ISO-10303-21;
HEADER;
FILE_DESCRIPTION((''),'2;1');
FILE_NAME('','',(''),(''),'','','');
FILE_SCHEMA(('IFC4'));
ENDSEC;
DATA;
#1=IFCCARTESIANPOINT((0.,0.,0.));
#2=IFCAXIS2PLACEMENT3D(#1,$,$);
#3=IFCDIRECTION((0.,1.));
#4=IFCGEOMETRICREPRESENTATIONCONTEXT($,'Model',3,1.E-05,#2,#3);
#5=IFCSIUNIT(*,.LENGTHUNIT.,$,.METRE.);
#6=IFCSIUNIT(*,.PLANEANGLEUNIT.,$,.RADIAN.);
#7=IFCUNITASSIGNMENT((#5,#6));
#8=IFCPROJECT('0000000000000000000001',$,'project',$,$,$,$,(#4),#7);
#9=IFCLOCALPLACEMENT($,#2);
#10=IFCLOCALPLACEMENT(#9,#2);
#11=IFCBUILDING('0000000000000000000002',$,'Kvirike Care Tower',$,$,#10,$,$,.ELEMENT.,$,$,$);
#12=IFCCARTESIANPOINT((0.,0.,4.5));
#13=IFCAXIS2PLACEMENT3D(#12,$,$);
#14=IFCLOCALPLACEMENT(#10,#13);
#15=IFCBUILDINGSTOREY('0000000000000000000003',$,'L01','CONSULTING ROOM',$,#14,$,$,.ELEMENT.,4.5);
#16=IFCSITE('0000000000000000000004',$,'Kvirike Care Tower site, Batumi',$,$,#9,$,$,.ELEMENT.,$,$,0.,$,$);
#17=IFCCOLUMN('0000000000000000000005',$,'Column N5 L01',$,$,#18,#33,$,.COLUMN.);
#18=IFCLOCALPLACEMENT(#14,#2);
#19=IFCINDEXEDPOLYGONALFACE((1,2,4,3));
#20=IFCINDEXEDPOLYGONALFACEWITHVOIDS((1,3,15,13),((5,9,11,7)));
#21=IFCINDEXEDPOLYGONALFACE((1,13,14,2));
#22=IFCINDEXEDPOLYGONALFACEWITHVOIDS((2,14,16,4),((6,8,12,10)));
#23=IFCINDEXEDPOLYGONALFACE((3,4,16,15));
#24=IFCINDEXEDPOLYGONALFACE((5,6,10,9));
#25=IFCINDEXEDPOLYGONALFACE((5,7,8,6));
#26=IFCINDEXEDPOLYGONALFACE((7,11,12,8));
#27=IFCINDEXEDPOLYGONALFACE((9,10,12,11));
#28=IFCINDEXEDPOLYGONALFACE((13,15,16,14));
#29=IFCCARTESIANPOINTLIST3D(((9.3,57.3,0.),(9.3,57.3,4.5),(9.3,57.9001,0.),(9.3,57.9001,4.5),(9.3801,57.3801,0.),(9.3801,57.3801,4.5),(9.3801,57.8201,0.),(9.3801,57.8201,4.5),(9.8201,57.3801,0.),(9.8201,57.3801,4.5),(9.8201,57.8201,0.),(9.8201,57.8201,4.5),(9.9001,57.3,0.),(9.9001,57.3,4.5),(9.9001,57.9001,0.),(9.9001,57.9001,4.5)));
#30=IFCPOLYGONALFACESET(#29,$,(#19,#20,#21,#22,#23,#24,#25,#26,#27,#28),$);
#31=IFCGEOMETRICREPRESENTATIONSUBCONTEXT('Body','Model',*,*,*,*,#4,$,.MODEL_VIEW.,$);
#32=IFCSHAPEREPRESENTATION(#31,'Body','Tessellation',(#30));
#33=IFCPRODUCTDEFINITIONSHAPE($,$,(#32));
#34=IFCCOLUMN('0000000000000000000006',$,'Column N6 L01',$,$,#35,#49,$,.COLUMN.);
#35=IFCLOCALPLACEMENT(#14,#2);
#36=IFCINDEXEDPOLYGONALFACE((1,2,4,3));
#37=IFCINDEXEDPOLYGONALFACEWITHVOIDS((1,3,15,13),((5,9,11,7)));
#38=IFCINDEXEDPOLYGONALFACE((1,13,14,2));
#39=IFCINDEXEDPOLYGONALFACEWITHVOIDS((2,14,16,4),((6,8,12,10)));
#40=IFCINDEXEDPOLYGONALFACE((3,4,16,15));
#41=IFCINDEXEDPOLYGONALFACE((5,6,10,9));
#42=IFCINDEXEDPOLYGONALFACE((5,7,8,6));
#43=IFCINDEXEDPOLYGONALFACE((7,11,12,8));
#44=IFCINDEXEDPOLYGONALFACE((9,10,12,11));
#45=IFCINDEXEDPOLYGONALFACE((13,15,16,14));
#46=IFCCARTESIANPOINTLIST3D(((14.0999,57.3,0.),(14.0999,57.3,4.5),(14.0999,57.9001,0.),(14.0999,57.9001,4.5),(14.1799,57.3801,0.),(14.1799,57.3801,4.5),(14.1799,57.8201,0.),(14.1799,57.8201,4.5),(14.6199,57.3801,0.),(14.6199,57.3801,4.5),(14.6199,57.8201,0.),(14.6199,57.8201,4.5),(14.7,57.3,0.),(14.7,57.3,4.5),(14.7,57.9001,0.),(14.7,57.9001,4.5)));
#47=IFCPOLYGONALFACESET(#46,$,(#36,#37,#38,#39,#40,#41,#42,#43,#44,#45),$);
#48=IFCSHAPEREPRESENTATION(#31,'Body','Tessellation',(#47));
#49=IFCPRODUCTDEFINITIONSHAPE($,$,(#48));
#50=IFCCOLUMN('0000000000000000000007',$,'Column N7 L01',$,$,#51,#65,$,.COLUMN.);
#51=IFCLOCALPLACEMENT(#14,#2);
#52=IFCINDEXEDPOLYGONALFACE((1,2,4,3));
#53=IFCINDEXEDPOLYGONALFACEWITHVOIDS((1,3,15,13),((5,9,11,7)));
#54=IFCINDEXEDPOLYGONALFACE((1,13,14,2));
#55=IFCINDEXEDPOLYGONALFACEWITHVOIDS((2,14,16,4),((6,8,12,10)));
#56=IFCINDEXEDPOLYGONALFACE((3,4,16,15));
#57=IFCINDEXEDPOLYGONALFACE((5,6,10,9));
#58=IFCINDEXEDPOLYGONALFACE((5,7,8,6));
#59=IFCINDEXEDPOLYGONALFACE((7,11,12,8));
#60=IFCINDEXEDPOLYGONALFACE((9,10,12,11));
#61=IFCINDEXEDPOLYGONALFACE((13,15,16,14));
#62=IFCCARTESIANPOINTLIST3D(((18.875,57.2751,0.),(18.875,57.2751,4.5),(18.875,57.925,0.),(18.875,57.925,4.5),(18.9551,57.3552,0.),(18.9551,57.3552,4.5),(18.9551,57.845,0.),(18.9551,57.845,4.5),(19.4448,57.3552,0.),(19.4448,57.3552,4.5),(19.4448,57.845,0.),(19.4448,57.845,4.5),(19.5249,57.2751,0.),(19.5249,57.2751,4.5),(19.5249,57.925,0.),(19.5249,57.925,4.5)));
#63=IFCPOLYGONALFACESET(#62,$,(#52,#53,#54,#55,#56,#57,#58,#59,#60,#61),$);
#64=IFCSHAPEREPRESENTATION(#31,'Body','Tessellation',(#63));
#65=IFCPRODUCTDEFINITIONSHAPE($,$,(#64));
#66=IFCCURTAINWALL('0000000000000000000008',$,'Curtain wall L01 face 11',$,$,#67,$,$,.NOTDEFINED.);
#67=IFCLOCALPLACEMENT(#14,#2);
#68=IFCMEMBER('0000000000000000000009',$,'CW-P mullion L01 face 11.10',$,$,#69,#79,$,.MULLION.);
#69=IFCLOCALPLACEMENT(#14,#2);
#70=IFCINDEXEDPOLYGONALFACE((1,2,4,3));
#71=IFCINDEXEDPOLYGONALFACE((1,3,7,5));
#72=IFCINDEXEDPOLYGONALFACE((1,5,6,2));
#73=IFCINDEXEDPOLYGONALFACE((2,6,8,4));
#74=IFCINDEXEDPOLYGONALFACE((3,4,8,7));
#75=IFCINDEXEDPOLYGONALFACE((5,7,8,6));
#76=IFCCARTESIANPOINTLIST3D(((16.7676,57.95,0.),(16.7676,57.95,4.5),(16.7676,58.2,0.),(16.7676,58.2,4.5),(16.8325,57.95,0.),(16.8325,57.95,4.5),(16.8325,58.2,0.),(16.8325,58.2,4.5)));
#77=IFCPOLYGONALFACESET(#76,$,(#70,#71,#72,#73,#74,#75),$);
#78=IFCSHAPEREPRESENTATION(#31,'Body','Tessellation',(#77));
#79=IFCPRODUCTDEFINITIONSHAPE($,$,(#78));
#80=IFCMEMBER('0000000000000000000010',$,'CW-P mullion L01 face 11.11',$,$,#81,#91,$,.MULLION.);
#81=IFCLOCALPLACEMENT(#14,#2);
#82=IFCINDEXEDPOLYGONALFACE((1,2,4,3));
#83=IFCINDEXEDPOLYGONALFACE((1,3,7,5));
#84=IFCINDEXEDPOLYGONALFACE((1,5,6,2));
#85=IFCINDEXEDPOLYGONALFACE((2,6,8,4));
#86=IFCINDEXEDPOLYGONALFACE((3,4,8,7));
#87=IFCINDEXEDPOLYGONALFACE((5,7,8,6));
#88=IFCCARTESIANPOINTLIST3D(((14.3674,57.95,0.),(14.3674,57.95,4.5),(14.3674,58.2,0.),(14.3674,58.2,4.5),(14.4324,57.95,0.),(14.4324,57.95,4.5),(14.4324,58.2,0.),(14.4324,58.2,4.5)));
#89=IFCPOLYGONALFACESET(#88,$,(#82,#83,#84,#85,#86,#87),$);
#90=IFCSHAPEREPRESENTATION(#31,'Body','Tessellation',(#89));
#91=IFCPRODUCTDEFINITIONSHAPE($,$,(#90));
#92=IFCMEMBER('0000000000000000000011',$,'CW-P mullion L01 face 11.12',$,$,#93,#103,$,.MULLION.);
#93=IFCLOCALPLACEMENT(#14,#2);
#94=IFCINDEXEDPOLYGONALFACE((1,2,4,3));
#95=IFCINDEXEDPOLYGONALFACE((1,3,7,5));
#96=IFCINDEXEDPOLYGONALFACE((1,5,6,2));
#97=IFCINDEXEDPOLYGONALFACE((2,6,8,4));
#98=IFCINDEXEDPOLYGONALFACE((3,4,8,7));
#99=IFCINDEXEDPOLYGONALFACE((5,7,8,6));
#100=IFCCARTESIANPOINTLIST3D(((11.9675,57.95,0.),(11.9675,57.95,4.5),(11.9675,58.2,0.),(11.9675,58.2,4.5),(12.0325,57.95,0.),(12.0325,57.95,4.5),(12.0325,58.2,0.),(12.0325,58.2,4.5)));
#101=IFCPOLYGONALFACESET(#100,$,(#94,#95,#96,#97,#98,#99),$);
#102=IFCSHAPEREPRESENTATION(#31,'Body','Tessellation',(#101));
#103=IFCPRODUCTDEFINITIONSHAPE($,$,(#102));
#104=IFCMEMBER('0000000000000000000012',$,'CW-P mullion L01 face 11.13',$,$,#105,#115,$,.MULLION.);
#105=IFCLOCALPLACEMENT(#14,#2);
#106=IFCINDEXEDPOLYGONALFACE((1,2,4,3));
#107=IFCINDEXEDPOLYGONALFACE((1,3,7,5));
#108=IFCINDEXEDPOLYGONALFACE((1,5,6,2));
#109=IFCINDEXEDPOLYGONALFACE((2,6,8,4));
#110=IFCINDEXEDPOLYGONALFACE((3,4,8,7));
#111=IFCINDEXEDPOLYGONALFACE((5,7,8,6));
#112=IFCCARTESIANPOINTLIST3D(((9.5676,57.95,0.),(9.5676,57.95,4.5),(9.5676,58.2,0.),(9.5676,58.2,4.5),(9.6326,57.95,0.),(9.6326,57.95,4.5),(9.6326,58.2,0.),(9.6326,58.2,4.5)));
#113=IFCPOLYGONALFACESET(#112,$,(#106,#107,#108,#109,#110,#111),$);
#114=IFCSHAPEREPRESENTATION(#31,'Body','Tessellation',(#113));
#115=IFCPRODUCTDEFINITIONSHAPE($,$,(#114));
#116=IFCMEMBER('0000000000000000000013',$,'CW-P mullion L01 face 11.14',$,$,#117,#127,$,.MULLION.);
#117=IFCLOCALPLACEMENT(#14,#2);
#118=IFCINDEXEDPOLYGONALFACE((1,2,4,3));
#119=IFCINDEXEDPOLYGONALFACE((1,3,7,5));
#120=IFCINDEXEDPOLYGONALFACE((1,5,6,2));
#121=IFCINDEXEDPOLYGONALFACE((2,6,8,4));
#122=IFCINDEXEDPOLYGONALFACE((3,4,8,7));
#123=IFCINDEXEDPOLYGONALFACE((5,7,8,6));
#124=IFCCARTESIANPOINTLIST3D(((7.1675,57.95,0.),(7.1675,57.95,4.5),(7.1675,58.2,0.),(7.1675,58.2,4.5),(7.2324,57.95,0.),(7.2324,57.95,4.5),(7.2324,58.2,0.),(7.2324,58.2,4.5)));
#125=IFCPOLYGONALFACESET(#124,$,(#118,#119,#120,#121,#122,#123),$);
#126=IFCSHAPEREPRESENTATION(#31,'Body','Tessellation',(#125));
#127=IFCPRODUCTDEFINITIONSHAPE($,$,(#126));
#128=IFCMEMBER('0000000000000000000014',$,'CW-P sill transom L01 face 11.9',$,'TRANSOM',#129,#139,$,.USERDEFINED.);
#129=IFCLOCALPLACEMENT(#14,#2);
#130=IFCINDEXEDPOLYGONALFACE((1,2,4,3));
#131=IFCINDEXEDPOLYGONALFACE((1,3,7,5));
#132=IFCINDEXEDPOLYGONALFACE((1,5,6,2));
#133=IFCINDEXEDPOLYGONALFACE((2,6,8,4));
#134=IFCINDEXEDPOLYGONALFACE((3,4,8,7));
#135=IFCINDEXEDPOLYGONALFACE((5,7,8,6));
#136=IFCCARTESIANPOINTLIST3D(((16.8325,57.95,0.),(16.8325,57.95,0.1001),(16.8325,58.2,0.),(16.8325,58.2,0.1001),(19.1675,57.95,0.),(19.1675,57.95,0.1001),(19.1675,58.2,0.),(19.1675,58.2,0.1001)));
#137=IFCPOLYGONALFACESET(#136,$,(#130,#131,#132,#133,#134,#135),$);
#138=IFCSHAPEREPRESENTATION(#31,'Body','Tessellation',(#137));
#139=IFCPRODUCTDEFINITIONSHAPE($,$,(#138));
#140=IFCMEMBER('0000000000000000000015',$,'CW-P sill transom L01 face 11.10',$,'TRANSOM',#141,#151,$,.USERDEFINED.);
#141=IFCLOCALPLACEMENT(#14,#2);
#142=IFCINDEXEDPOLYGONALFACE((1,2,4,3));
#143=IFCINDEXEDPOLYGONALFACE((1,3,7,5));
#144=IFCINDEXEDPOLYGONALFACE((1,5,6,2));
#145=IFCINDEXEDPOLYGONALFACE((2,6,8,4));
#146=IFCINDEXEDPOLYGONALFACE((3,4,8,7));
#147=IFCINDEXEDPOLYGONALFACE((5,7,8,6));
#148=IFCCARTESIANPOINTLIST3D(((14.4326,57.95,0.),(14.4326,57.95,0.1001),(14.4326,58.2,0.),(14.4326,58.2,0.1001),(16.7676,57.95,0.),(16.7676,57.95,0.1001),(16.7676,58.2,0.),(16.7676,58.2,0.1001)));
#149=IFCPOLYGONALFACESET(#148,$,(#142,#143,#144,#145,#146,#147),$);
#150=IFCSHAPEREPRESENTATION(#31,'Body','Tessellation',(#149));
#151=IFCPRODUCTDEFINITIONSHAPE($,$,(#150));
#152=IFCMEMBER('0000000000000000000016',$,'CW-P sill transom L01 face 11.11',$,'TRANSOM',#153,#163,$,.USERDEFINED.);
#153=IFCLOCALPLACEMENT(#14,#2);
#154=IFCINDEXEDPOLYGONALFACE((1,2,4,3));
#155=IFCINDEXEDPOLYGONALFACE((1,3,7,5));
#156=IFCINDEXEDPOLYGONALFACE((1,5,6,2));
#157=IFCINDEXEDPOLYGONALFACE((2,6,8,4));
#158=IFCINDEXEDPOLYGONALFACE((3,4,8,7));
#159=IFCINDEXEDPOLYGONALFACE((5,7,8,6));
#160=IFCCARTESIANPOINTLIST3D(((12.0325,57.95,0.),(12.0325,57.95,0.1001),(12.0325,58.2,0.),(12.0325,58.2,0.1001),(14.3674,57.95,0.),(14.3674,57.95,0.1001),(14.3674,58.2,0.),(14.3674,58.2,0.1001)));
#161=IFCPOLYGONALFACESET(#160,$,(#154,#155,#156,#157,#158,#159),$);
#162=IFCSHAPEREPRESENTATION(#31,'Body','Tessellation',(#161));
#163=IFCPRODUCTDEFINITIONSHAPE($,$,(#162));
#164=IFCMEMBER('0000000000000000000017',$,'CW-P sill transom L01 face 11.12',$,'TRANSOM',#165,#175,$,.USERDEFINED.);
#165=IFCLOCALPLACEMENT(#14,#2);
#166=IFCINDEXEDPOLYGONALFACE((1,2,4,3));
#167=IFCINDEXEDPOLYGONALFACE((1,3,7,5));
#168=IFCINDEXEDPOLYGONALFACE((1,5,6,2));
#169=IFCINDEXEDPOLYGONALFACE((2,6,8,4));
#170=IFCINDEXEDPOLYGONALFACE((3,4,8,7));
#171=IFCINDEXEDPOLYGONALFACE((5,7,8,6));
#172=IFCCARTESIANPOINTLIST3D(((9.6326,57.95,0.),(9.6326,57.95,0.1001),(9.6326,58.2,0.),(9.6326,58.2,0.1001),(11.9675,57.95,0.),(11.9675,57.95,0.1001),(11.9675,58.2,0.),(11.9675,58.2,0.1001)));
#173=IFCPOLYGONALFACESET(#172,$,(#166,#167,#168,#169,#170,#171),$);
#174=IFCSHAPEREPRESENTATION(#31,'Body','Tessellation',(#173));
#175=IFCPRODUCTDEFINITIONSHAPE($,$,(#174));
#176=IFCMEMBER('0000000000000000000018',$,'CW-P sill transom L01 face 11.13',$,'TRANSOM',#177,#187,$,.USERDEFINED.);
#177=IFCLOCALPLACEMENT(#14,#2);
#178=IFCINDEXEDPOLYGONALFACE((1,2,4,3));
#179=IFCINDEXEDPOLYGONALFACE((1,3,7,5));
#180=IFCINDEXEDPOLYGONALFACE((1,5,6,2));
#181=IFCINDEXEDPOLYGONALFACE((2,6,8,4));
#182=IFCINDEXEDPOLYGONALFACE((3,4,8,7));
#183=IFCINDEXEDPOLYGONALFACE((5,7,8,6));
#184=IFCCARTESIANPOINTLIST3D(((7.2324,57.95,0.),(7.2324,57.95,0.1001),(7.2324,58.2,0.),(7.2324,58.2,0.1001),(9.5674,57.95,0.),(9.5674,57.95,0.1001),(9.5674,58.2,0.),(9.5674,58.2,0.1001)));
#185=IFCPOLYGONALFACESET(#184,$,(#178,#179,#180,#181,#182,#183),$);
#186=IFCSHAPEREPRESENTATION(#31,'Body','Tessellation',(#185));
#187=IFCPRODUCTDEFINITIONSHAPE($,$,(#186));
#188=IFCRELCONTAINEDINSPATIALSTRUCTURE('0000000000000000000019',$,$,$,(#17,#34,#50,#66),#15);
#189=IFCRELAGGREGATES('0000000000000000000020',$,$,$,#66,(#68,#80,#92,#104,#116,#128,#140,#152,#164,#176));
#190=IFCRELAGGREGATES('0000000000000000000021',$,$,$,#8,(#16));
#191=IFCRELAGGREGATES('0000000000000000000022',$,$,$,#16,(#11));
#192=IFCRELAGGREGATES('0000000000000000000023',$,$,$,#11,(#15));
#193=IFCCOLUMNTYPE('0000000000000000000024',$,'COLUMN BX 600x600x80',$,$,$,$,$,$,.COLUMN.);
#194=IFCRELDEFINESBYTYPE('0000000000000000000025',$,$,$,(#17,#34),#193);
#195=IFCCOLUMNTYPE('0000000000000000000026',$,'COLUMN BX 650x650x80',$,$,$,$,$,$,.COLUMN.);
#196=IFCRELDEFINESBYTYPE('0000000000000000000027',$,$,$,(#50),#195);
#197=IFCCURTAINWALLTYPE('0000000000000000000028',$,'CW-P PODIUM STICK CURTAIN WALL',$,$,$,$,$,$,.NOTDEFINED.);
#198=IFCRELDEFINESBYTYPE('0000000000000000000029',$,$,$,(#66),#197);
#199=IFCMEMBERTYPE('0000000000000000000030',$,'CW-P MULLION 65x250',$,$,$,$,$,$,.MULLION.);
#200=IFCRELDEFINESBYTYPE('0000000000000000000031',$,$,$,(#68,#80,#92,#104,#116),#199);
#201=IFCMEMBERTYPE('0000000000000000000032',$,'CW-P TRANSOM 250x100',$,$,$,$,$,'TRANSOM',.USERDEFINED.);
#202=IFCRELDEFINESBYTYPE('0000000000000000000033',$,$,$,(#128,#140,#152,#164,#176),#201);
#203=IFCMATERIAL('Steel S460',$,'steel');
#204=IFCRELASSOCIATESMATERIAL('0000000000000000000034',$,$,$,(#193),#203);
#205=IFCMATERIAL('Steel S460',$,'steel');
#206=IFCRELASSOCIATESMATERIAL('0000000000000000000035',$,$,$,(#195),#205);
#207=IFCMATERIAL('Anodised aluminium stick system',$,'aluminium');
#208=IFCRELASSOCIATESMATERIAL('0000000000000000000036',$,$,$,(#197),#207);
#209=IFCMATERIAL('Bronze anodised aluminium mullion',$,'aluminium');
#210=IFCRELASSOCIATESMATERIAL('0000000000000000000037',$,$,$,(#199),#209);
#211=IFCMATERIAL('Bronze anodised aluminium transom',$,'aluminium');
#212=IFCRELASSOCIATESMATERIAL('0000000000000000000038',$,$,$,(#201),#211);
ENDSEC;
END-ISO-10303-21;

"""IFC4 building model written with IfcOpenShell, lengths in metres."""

from ifc_helpers import new_model, si_unit, direction, frame, origin, origin_2d, place, context, subcontext, project, spatial, rectangle, hollow_rectangle, extrude, material, material_profile, profile_set, type_object, element, aggregate, save


model = new_model("IFC4")

# Units and contexts
model_context = context("Model", 3, precision=1e-05, world=origin(), true_north=direction((0.0, 1.0)))
body_context = subcontext(model_context, "Body", "Model", "MODEL_VIEW")
ifc_project = project(units=[si_unit("LENGTHUNIT", "METRE"), si_unit("PLANEANGLEUNIT", "RADIAN")], contexts=[model_context])

# Site, building, storey
site_placement = place(None, origin())
site = spatial("IfcSite", under=ifc_project, at=site_placement, Name="Kvirike Care Tower site, Batumi", CompositionType="ELEMENT", RefElevation=0.0)
building_placement = place(site_placement, origin())
building = spatial("IfcBuilding", under=site, at=building_placement, Name="Kvirike Care Tower", CompositionType="ELEMENT")
storey_placement = place(building_placement, frame((0.0, 0.0, 4.5)))
storey = spatial("IfcBuildingStorey", under=building, at=storey_placement, Name="L01", Description="CONSULTING ROOM", CompositionType="ELEMENT", Elevation=4.5)

# Columns
ifc_material_1 = material(Name="Steel S460", Category="steel")
ifc_material_profile_1 = material_profile(ifc_material_1, hollow_rectangle(XDim=0.6001, YDim=0.6001, WallThickness=0.0801, at=origin_2d()), Name="BX 600x600x80")
ifc_profile_set_1 = profile_set([ifc_material_profile_1], Name="Steel S460")
column_type_1 = type_object("IfcColumnType", Name="COLUMN BX 600x600x80", PredefinedType="COLUMN", material=ifc_profile_set_1)
for number, where, z_axis, x_axis, name in (
    (1, (9.6001, 57.6001, 0.0), (0.0, 0.0, 1.0), (0.0, 1.0, 0.0), "Column N5 L01"),
    (2, (14.3999, 57.6001, 0.0), (0.0, 0.0, 1.0), (0.0, 1.0, 0.0), "Column N6 L01"),
):
    element("IfcColumn", number, at=place(storey_placement, frame(where, z_axis=z_axis, x_axis=x_axis)), inside=storey, type_object=column_type_1, Name=name, PredefinedType="COLUMN", context=body_context, shape_type="SweptSolid", body=[
        extrude(hollow_rectangle(XDim=0.6001, YDim=0.6001, WallThickness=0.0801, at=origin_2d()), origin(), (0.0, 0.0, 1.0), 4.5),
    ])
ifc_material_2 = material(Name="Steel S460", Category="steel")
ifc_material_profile_2 = material_profile(ifc_material_2, hollow_rectangle(XDim=0.6499, YDim=0.6499, WallThickness=0.0801, at=origin_2d()), Name="BX 650x650x80")
ifc_profile_set_2 = profile_set([ifc_material_profile_2], Name="Steel S460")
column_type_2 = type_object("IfcColumnType", Name="COLUMN BX 650x650x80", PredefinedType="COLUMN", material=ifc_profile_set_2)
column_placement = place(storey_placement, frame((19.2, 57.6001, 0.0), z_axis=(0.0, 0.0, 1.0), x_axis=(0.0, 1.0, 0.0)))
element("IfcColumn", 3, at=column_placement, inside=storey, type_object=column_type_2, Name="Column N7 L01", PredefinedType="COLUMN", context=body_context, shape_type="SweptSolid", body=[
    extrude(hollow_rectangle(XDim=0.6499, YDim=0.6499, WallThickness=0.0801, at=origin_2d()), origin(), (0.0, 0.0, 1.0), 4.5),
])

# Curtain wall, members
ifc_material_3 = material(Name="Anodised aluminium stick system", Category="aluminium")
curtain_wall_type = type_object("IfcCurtainWallType", Name="CW-P PODIUM STICK CURTAIN WALL", PredefinedType="NOTDEFINED", material=ifc_material_3)
curtain_wall_placement = place(storey_placement, origin())
curtain_wall = element("IfcCurtainWall", 4, at=curtain_wall_placement, inside=storey, type_object=curtain_wall_type, Name="Curtain wall L01 face 11", PredefinedType="NOTDEFINED")
ifc_material_4 = material(Name="Bronze anodised aluminium mullion", Category="aluminium")
ifc_material_profile_3 = material_profile(ifc_material_4, rectangle(XDim=0.0649, YDim=0.25, at=origin_2d()), Name="CW-P MULLION 65x250")
ifc_profile_set_3 = profile_set([ifc_material_profile_3], Name="Bronze anodised aluminium mullion")
member_type_1 = type_object("IfcMemberType", Name="CW-P MULLION 65x250", PredefinedType="MULLION", material=ifc_profile_set_3)
member_1_placement = place(storey_placement, frame((16.8, 58.075, 0.0), z_axis=(0.0, 0.0, 1.0), x_axis=(-1.0, 0.0, 0.0)))
member_1 = element("IfcMember", 5, at=member_1_placement, type_object=member_type_1, Name="CW-P mullion L01 face 11.10", PredefinedType="MULLION", context=body_context, shape_type="SweptSolid", body=[
    extrude(rectangle(XDim=0.0649, YDim=0.25, at=origin_2d()), origin(), (0.0, 0.0, 1.0), 4.5),
])
member_2_placement = place(storey_placement, frame((14.3999, 58.075, 0.0), z_axis=(0.0, 0.0, 1.0), x_axis=(-1.0, 0.0, 0.0)))
member_2 = element("IfcMember", 6, at=member_2_placement, type_object=member_type_1, Name="CW-P mullion L01 face 11.11", PredefinedType="MULLION", context=body_context, shape_type="SweptSolid", body=[
    extrude(rectangle(XDim=0.0649, YDim=0.25, at=origin_2d()), origin(), (0.0, 0.0, 1.0), 4.5),
])
member_3_placement = place(storey_placement, frame((12.0, 58.075, 0.0), z_axis=(0.0, 0.0, 1.0), x_axis=(-1.0, 0.0, 0.0)))
member_3 = element("IfcMember", 7, at=member_3_placement, type_object=member_type_1, Name="CW-P mullion L01 face 11.12", PredefinedType="MULLION", context=body_context, shape_type="SweptSolid", body=[
    extrude(rectangle(XDim=0.0649, YDim=0.25, at=origin_2d()), origin(), (0.0, 0.0, 1.0), 4.5),
])
member_4_placement = place(storey_placement, frame((9.6001, 58.075, 0.0), z_axis=(0.0, 0.0, 1.0), x_axis=(-1.0, 0.0, 0.0)))
member_4 = element("IfcMember", 8, at=member_4_placement, type_object=member_type_1, Name="CW-P mullion L01 face 11.13", PredefinedType="MULLION", context=body_context, shape_type="SweptSolid", body=[
    extrude(rectangle(XDim=0.0649, YDim=0.25, at=origin_2d()), origin(), (0.0, 0.0, 1.0), 4.5),
])
member_5_placement = place(storey_placement, frame((7.2, 58.075, 0.0), z_axis=(0.0, 0.0, 1.0), x_axis=(-1.0, 0.0, 0.0)))
member_5 = element("IfcMember", 9, at=member_5_placement, type_object=member_type_1, Name="CW-P mullion L01 face 11.14", PredefinedType="MULLION", context=body_context, shape_type="SweptSolid", body=[
    extrude(rectangle(XDim=0.0649, YDim=0.25, at=origin_2d()), origin(), (0.0, 0.0, 1.0), 4.5),
])
ifc_material_5 = material(Name="Bronze anodised aluminium transom", Category="aluminium")
ifc_material_profile_4 = material_profile(ifc_material_5, rectangle(XDim=0.25, YDim=0.1001, at=origin_2d()), Name="CW-P TRANSOM 250x100")
ifc_profile_set_4 = profile_set([ifc_material_profile_4], Name="Bronze anodised aluminium transom")
member_type_2 = type_object("IfcMemberType", Name="CW-P TRANSOM 250x100", ElementType="TRANSOM", PredefinedType="USERDEFINED", material=ifc_profile_set_4)
member_6_placement = place(storey_placement, frame((19.1675, 58.075, 0.05), z_axis=(-1.0, 0.0, 0.0), x_axis=(0.0, -1.0, 0.0)))
member_6 = element("IfcMember", 10, at=member_6_placement, type_object=member_type_2, Name="CW-P sill transom L01 face 11.9", ObjectType="TRANSOM", PredefinedType="USERDEFINED", context=body_context, shape_type="SweptSolid", body=[
    extrude(rectangle(XDim=0.25, YDim=0.1001, at=origin_2d()), origin(), (0.0, 0.0, 1.0), 2.335),
])
member_7_placement = place(storey_placement, frame((16.7676, 58.075, 0.05), z_axis=(-1.0, 0.0, 0.0), x_axis=(0.0, -1.0, 0.0)))
member_7 = element("IfcMember", 11, at=member_7_placement, type_object=member_type_2, Name="CW-P sill transom L01 face 11.10", ObjectType="TRANSOM", PredefinedType="USERDEFINED", context=body_context, shape_type="SweptSolid", body=[
    extrude(rectangle(XDim=0.25, YDim=0.1001, at=origin_2d()), origin(), (0.0, 0.0, 1.0), 2.335),
])
member_8_placement = place(storey_placement, frame((14.3674, 58.075, 0.05), z_axis=(-1.0, 0.0, 0.0), x_axis=(0.0, -1.0, 0.0)))
member_8 = element("IfcMember", 12, at=member_8_placement, type_object=member_type_2, Name="CW-P sill transom L01 face 11.11", ObjectType="TRANSOM", PredefinedType="USERDEFINED", context=body_context, shape_type="SweptSolid", body=[
    extrude(rectangle(XDim=0.25, YDim=0.1001, at=origin_2d()), origin(), (0.0, 0.0, 1.0), 2.335),
])
member_9_placement = place(storey_placement, frame((11.9675, 58.075, 0.05), z_axis=(-1.0, 0.0, 0.0), x_axis=(0.0, -1.0, 0.0)))
member_9 = element("IfcMember", 13, at=member_9_placement, type_object=member_type_2, Name="CW-P sill transom L01 face 11.12", ObjectType="TRANSOM", PredefinedType="USERDEFINED", context=body_context, shape_type="SweptSolid", body=[
    extrude(rectangle(XDim=0.25, YDim=0.1001, at=origin_2d()), origin(), (0.0, 0.0, 1.0), 2.335),
])
member_10_placement = place(storey_placement, frame((9.5674, 58.075, 0.05), z_axis=(-1.0, 0.0, 0.0), x_axis=(0.0, -1.0, 0.0)))
member_10 = element("IfcMember", 14, at=member_10_placement, type_object=member_type_2, Name="CW-P sill transom L01 face 11.13", ObjectType="TRANSOM", PredefinedType="USERDEFINED", context=body_context, shape_type="SweptSolid", body=[
    extrude(rectangle(XDim=0.25, YDim=0.1001, at=origin_2d()), origin(), (0.0, 0.0, 1.0), 2.335),
])

aggregate(curtain_wall, [member_1, member_2, member_3, member_4, member_5, member_6, member_7, member_8, member_9, member_10])

save(model, "model.ifc")
